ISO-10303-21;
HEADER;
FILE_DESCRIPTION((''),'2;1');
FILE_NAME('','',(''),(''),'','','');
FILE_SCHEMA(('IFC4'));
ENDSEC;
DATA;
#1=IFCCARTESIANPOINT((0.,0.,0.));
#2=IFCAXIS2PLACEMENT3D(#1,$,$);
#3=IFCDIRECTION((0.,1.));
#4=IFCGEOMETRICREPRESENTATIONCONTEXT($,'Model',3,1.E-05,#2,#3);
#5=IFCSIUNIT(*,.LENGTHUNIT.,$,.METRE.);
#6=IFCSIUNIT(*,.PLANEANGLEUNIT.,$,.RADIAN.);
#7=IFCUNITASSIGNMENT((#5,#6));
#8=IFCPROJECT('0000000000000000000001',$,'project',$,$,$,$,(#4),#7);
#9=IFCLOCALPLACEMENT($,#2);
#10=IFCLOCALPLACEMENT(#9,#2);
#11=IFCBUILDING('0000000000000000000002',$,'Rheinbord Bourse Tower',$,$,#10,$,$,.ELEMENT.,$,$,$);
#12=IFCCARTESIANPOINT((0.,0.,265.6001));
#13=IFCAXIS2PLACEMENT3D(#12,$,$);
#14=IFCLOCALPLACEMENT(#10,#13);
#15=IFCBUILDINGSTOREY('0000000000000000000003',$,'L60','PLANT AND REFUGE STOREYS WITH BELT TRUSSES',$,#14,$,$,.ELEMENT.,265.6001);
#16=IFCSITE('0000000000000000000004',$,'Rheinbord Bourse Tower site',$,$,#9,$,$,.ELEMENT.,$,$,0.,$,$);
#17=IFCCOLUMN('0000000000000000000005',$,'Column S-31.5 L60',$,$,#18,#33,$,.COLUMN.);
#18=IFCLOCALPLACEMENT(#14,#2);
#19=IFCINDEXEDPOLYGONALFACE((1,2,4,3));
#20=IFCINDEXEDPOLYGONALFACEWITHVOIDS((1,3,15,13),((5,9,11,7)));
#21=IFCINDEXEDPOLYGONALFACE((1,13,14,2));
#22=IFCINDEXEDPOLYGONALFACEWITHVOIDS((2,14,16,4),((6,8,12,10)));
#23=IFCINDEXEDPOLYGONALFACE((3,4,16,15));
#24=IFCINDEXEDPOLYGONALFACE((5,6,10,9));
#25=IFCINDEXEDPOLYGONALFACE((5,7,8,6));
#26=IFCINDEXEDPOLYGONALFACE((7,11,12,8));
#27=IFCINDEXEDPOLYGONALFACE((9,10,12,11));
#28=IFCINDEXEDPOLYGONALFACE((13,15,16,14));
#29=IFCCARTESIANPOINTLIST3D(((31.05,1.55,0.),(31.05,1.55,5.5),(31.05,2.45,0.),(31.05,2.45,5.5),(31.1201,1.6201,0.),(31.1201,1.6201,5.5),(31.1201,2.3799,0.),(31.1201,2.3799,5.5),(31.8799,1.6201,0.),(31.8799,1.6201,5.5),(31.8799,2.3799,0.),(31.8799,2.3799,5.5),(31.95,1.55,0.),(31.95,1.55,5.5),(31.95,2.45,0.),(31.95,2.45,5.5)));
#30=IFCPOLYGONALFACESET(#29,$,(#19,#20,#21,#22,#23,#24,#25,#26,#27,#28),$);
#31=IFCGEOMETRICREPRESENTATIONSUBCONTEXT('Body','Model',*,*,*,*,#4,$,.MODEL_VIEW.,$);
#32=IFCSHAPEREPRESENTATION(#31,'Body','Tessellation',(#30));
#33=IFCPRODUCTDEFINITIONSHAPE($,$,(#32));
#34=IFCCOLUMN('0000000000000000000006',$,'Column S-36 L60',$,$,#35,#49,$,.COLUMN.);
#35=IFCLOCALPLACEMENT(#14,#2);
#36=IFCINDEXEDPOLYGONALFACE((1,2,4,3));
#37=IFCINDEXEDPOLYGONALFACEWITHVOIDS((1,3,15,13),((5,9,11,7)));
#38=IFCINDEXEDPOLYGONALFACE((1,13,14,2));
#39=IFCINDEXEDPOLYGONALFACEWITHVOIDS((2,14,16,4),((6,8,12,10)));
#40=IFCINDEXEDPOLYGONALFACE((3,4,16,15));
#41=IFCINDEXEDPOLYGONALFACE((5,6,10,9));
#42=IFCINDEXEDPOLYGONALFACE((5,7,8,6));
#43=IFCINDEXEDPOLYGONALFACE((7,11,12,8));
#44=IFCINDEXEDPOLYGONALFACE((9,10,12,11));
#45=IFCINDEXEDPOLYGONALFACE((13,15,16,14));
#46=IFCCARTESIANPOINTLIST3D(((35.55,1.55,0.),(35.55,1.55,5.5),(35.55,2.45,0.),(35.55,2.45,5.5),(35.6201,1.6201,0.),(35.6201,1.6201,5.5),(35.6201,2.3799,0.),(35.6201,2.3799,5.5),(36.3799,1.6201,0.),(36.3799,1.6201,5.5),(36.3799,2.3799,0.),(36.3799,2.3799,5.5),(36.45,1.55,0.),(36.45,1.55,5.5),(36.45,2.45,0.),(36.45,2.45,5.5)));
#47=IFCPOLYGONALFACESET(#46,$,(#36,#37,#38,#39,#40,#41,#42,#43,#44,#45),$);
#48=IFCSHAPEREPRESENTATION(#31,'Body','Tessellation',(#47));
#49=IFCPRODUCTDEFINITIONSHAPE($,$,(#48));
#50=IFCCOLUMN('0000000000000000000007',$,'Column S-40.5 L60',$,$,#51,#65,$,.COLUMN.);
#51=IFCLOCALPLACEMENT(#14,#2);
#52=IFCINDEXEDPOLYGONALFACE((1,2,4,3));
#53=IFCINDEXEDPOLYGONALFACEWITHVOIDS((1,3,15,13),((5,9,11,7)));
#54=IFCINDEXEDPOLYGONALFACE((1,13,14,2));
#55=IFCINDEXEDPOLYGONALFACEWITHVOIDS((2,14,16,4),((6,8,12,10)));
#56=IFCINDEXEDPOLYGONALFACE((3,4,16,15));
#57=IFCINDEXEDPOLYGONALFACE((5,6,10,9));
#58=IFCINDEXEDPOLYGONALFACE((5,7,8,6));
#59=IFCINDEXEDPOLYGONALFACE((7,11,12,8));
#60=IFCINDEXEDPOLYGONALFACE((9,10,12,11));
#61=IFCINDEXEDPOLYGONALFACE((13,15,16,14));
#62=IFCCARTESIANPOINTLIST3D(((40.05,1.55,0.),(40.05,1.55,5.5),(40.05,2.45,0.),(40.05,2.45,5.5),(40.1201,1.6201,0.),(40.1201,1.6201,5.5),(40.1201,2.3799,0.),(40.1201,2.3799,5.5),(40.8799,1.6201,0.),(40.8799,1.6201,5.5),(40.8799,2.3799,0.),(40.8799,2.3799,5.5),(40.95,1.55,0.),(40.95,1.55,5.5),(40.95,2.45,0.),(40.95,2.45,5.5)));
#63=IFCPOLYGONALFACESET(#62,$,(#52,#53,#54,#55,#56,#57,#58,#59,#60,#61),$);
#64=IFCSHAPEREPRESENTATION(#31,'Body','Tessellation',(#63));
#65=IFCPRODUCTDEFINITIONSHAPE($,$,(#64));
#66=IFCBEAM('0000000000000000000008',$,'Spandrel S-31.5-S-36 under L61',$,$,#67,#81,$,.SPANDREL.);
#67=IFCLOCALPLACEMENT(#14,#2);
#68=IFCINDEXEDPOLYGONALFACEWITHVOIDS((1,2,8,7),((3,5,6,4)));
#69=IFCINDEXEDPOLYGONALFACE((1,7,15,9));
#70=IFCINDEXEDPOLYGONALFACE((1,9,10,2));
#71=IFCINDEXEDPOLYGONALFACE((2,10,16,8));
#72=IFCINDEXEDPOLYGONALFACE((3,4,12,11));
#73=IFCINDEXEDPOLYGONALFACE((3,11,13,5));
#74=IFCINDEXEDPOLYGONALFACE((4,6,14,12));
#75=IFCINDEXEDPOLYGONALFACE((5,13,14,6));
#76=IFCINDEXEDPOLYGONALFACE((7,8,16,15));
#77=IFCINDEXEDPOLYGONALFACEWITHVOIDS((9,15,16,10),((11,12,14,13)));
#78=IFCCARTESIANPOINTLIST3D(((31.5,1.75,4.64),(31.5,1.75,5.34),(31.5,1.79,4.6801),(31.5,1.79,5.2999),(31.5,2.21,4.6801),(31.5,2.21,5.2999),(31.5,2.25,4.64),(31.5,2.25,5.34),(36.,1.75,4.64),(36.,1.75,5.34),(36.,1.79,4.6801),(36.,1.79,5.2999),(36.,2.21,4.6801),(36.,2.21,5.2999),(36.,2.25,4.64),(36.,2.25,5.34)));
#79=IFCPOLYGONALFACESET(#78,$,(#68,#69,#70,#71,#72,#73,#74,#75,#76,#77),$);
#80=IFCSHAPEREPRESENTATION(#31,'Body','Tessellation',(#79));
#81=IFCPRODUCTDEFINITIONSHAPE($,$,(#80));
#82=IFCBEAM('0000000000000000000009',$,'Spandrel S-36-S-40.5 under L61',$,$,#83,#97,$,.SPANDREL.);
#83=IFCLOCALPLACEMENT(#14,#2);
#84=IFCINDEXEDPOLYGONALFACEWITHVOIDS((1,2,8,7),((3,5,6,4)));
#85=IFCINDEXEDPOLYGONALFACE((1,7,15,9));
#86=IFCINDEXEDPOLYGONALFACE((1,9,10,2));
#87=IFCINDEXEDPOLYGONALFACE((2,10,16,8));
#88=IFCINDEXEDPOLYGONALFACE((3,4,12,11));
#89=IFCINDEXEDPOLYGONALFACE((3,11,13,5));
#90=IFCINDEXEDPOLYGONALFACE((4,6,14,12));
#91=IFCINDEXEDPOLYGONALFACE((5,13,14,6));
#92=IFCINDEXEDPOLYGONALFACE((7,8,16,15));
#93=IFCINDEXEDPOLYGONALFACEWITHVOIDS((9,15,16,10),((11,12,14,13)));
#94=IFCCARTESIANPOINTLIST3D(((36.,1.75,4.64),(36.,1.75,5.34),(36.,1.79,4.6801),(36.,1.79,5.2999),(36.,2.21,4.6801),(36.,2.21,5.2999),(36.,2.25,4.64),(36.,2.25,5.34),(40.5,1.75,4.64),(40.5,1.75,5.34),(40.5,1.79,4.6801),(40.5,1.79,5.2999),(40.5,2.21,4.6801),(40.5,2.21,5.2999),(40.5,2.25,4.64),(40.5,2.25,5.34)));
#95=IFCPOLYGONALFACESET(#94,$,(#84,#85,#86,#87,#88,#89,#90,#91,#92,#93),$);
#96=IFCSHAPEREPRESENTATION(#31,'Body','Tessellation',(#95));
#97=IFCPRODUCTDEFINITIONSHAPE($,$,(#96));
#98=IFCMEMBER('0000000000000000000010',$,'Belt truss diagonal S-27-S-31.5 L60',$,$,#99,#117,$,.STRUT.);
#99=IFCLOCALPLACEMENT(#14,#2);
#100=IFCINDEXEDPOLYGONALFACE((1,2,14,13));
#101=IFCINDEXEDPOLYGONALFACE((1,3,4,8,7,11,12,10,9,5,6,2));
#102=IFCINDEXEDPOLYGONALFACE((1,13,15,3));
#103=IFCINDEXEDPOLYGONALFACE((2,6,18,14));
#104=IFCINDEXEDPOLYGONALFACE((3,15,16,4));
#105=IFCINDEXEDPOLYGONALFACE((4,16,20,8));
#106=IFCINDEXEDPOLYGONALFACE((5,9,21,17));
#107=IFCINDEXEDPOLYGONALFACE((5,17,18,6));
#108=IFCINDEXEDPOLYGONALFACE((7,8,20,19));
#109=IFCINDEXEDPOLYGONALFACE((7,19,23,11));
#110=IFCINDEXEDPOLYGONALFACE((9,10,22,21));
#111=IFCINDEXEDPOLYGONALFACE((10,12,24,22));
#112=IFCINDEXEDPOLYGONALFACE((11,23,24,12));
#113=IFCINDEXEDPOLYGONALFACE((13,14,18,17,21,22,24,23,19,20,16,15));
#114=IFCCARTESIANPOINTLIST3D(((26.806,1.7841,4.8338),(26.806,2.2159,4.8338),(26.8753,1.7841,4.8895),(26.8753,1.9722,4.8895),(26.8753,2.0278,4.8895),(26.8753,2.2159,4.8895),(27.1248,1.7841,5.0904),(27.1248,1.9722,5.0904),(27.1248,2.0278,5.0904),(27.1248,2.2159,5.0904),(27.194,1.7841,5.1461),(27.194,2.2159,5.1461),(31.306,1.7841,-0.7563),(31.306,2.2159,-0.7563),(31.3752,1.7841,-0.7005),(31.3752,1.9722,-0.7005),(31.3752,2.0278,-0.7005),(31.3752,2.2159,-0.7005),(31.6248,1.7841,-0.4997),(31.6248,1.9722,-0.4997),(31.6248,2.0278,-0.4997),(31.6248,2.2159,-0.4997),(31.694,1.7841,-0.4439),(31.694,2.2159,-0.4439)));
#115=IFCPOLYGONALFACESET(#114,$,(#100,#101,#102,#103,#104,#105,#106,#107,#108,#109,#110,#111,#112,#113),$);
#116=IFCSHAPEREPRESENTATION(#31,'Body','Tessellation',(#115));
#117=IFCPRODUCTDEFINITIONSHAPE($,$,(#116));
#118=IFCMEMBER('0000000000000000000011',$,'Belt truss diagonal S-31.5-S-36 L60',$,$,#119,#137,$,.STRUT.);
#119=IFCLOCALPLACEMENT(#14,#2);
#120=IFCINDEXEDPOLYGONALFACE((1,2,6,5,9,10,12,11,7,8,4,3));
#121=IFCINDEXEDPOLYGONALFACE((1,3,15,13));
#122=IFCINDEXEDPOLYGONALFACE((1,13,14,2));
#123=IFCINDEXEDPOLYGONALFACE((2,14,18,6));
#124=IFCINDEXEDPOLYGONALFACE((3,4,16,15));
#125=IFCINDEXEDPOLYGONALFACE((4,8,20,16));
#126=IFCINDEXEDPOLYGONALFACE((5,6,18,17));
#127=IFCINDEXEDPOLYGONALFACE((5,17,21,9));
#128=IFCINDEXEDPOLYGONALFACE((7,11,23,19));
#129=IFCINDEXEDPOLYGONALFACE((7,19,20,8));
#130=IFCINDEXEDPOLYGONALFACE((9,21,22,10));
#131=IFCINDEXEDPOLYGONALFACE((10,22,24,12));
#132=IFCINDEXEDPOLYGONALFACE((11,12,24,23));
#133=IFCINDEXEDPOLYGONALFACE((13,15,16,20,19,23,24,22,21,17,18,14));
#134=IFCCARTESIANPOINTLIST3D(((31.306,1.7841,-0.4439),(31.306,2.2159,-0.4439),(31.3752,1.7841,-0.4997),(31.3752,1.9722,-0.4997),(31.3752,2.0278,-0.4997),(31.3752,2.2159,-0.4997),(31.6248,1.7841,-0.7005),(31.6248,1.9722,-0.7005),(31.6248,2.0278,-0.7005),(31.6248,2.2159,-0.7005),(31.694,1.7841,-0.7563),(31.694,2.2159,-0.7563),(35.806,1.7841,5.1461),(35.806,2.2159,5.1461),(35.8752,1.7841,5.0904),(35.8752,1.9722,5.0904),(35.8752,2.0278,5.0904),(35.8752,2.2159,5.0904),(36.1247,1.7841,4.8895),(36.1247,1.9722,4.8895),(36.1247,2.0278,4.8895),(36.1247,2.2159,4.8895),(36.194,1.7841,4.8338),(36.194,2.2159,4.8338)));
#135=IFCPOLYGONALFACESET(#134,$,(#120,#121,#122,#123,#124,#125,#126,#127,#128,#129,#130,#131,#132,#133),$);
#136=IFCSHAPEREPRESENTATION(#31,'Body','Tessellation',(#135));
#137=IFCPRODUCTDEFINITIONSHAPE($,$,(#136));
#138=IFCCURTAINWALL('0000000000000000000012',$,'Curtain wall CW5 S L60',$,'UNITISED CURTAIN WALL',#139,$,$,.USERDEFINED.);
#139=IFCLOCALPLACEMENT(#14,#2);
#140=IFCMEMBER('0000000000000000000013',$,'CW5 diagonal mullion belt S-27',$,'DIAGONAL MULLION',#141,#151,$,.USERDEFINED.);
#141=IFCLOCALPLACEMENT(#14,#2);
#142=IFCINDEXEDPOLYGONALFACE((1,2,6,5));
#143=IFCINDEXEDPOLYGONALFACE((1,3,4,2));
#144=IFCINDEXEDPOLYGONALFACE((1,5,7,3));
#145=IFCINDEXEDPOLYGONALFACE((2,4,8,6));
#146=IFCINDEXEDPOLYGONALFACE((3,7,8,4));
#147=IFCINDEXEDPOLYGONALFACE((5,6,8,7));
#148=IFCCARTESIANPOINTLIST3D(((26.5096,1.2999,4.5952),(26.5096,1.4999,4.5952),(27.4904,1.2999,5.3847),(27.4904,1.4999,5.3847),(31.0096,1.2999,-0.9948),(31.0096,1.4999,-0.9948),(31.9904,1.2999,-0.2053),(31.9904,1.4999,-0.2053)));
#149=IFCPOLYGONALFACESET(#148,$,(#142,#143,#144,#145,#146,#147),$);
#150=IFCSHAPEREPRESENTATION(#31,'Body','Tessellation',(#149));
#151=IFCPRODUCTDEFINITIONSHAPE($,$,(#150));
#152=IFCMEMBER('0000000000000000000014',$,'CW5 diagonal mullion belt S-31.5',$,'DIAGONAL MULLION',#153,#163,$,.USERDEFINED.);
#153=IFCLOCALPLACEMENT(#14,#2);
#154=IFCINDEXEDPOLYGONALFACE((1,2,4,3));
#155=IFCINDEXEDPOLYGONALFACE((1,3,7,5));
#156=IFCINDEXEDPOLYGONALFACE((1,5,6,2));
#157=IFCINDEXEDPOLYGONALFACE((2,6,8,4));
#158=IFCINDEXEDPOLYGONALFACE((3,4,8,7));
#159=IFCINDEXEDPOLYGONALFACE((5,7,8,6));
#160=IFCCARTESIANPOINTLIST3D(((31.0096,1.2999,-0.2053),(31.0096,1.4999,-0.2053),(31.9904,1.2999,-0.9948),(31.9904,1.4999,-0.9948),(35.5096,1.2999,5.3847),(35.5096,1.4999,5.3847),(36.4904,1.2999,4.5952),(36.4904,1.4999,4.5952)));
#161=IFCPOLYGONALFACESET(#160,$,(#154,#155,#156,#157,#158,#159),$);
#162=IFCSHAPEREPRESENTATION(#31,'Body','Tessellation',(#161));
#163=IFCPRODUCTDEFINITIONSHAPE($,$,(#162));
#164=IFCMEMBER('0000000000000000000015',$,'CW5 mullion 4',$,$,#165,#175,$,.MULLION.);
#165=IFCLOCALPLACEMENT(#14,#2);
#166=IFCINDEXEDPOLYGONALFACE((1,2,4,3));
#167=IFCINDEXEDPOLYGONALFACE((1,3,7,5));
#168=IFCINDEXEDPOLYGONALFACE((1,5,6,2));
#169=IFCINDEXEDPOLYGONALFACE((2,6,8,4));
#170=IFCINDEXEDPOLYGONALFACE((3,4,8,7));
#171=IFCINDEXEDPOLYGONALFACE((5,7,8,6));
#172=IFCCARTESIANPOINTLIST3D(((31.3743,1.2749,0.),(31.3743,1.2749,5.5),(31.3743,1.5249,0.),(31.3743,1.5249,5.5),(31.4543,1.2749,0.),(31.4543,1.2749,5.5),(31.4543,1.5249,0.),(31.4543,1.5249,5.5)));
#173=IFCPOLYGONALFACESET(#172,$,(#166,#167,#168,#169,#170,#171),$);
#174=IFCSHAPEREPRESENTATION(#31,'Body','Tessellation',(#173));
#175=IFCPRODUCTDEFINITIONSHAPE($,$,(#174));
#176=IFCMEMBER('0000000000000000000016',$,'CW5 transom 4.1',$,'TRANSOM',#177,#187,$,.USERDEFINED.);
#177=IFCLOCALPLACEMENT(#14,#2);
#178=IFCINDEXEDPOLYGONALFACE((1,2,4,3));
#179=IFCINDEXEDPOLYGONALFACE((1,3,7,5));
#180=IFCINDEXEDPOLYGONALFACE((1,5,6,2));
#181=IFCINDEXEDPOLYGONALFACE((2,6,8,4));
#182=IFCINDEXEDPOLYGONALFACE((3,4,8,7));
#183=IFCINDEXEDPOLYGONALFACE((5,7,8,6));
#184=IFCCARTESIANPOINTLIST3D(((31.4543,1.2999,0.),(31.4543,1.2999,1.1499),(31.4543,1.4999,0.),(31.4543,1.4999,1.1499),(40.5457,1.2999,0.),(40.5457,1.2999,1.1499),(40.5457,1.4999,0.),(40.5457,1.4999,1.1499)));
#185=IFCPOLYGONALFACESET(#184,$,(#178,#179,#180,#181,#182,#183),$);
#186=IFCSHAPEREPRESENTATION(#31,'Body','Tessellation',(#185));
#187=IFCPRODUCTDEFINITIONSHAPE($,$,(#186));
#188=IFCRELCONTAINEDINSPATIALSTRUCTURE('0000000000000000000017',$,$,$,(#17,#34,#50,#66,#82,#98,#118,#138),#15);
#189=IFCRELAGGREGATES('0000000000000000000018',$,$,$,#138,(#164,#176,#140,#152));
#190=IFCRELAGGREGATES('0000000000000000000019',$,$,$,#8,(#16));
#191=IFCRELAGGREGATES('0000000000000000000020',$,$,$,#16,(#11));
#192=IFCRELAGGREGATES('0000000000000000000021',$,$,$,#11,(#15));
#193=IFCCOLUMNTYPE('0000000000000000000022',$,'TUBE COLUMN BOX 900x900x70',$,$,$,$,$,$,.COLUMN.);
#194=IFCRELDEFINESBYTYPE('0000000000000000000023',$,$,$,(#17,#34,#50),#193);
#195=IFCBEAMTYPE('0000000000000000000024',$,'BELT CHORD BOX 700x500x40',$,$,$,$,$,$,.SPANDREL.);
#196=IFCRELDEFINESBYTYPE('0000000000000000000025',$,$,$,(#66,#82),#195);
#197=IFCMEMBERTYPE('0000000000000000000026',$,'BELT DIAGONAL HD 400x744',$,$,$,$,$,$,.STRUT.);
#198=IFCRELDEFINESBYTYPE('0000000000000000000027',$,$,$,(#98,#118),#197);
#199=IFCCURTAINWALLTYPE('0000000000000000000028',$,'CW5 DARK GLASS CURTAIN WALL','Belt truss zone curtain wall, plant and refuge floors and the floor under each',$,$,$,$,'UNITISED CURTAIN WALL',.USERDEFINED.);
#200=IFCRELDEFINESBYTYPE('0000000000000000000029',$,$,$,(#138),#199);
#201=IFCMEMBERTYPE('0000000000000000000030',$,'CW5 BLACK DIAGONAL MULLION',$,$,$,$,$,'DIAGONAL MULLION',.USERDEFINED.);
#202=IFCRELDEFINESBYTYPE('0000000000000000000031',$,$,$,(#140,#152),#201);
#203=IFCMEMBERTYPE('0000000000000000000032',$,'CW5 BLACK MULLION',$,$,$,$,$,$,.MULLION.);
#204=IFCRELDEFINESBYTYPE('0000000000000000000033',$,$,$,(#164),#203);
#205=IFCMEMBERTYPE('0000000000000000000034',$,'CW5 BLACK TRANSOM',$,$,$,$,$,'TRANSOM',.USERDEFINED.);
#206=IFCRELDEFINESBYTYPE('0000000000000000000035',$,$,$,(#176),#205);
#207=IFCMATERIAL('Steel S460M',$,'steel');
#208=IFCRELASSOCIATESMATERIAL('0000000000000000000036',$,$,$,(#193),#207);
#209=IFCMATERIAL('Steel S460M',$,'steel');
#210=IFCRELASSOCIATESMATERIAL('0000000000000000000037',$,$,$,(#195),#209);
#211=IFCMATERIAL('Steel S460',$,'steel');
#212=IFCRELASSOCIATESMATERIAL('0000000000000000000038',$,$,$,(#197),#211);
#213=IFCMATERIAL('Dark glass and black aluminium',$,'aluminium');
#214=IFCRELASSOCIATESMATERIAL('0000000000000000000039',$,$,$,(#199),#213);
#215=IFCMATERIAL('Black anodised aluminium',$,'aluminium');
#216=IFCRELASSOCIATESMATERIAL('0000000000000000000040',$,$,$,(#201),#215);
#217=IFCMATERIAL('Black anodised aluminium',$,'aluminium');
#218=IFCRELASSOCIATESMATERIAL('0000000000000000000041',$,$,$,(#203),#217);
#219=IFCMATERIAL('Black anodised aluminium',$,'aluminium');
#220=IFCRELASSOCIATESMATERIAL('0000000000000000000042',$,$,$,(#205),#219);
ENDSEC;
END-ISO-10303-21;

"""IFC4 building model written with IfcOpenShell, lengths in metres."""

from ifc_helpers import new_model, si_unit, direction, frame, origin, origin_2d, place, context, subcontext, project, spatial, rectangle, hollow_rectangle, i_section, extrude, material, material_profile, profile_set, type_object, element, aggregate, save


model = new_model("IFC4")

# Units and contexts
model_context = context("Model", 3, precision=1e-05, world=origin(), true_north=direction((0.0, 1.0)))
body_context = subcontext(model_context, "Body", "Model", "MODEL_VIEW")
ifc_project = project(units=[si_unit("LENGTHUNIT", "METRE"), si_unit("PLANEANGLEUNIT", "RADIAN")], contexts=[model_context])

# Site, building, storey
site_placement = place(None, origin())
site = spatial("IfcSite", under=ifc_project, at=site_placement, Name="Rheinbord Bourse Tower site", CompositionType="ELEMENT", RefElevation=0.0)
building_placement = place(site_placement, origin())
building = spatial("IfcBuilding", under=site, at=building_placement, Name="Rheinbord Bourse Tower", CompositionType="ELEMENT")
storey_placement = place(building_placement, frame((0.0, 0.0, 265.6001)))
storey = spatial("IfcBuildingStorey", under=building, at=storey_placement, Name="L60", Description="PLANT AND REFUGE STOREYS WITH BELT TRUSSES", CompositionType="ELEMENT", Elevation=265.6001)

# Columns
ifc_material_1 = material(Name="Steel S460M", Category="steel")
ifc_material_profile_1 = material_profile(ifc_material_1, hollow_rectangle(XDim=0.8999, YDim=0.8999, WallThickness=0.0701, at=origin_2d()), Name="BOX 900x900x70")
ifc_profile_set_1 = profile_set([ifc_material_profile_1], Name="Steel S460M")
column_type = type_object("IfcColumnType", Name="TUBE COLUMN BOX 900x900x70", PredefinedType="COLUMN", material=ifc_profile_set_1)
for number, where, z_axis, x_axis, name in (
    (1, (31.5, 2.0, 0.0), (0.0, 0.0, 1.0), (0.0, 1.0, 0.0), "Column S-31.5 L60"),
    (2, (36.0, 2.0, 0.0), (0.0, 0.0, 1.0), (0.0, 1.0, 0.0), "Column S-36 L60"),
    (3, (40.5, 2.0, 0.0), (0.0, 0.0, 1.0), (0.0, 1.0, 0.0), "Column S-40.5 L60"),
):
    element("IfcColumn", number, at=place(storey_placement, frame(where, z_axis=z_axis, x_axis=x_axis)), inside=storey, type_object=column_type, Name=name, PredefinedType="COLUMN", context=body_context, shape_type="SweptSolid", body=[
        extrude(hollow_rectangle(XDim=0.8999, YDim=0.8999, WallThickness=0.0701, at=origin_2d()), origin(), (0.0, 0.0, 1.0), 5.5),
    ])

# Beams
ifc_material_2 = material(Name="Steel S460M", Category="steel")
ifc_material_profile_2 = material_profile(ifc_material_2, hollow_rectangle(XDim=0.5, YDim=0.7, WallThickness=0.04, at=origin_2d()), Name="BOX 700x500x40")
ifc_profile_set_2 = profile_set([ifc_material_profile_2], Name="Steel S460M")
beam_type_1 = type_object("IfcBeamType", Name="BELT CHORD BOX 700x500x40", PredefinedType="SPANDREL", material=ifc_profile_set_2)
for number, where, z_axis, x_axis, name in (
    (4, (31.5, 2.0, 4.99), (1.0, 0.0, 0.0), (0.0, 1.0, 0.0), "Spandrel S-31.5-S-36 under L61"),
    (5, (36.0, 2.0, 4.99), (1.0, 0.0, 0.0), (0.0, 1.0, 0.0), "Spandrel S-36-S-40.5 under L61"),
):
    element("IfcBeam", number, at=place(storey_placement, frame(where, z_axis=z_axis, x_axis=x_axis)), inside=storey, type_object=beam_type_1, Name=name, PredefinedType="SPANDREL", context=body_context, shape_type="SweptSolid", body=[
        extrude(hollow_rectangle(XDim=0.5, YDim=0.7, WallThickness=0.04, at=origin_2d()), origin(), (0.0, 0.0, 1.0), 4.5),
    ])

# Members
ifc_material_3 = material(Name="Steel S460", Category="steel")
ifc_material_profile_3 = material_profile(ifc_material_3, i_section(OverallWidth=0.4319, OverallDepth=0.498, WebThickness=0.0557, FlangeThickness=0.0889, at=origin_2d()), Name="HD 400x744")
ifc_profile_set_3 = profile_set([ifc_material_profile_3], Name="Steel S460")
member_type_1 = type_object("IfcMemberType", Name="BELT DIAGONAL HD 400x744", PredefinedType="STRUT", material=ifc_profile_set_3)
for number, where, z_axis, x_axis, name in (
    (6, (31.5, 2.0, -0.6001), (-0.627065, 0.0, 0.778967), (0.0, -1.0, 0.0), "Belt truss diagonal S-27-S-31.5 L60"),
    (7, (31.5, 2.0, -0.6001), (0.627065, 0.0, 0.778967), (0.0, 1.0, 0.0), "Belt truss diagonal S-31.5-S-36 L60"),
):
    element("IfcMember", number, at=place(storey_placement, frame(where, z_axis=z_axis, x_axis=x_axis)), inside=storey, type_object=member_type_1, Name=name, PredefinedType="STRUT", context=body_context, shape_type="SweptSolid", body=[
        extrude(i_section(OverallWidth=0.4319, OverallDepth=0.498, WebThickness=0.0557, FlangeThickness=0.0889, at=origin_2d()), origin(), (0.0, 0.0, 1.0), 7.1763),
    ])

# Curtain wall, members
ifc_material_4 = material(Name="Dark glass and black aluminium", Category="aluminium")
curtain_wall_type = type_object("IfcCurtainWallType", Name="CW5 DARK GLASS CURTAIN WALL", Description="Belt truss zone curtain wall, plant and refuge floors and the floor under each", ElementType="UNITISED CURTAIN WALL", PredefinedType="USERDEFINED", material=ifc_material_4)
curtain_wall_placement = place(storey_placement, origin())
curtain_wall = element("IfcCurtainWall", 8, at=curtain_wall_placement, inside=storey, type_object=curtain_wall_type, Name="Curtain wall CW5 S L60", ObjectType="UNITISED CURTAIN WALL", PredefinedType="USERDEFINED")
ifc_material_5 = material(Name="Black anodised aluminium", Category="aluminium")
ifc_material_profile_4 = material_profile(ifc_material_5, rectangle(XDim=0.2, YDim=1.259, at=origin_2d()), Name="CW5 DIAGONAL MULLION 1259x200")
ifc_profile_set_4 = profile_set([ifc_material_profile_4], Name="Black anodised aluminium")
member_type_2 = type_object("IfcMemberType", Name="CW5 BLACK DIAGONAL MULLION", ElementType="DIAGONAL MULLION", PredefinedType="USERDEFINED", material=ifc_profile_set_4)
member_1_placement = place(storey_placement, frame((31.5, 1.3999, -0.6001), z_axis=(-0.627065, 0.0, 0.778967), x_axis=(0.0, -1.0, 0.0)))
member_1 = element("IfcMember", 9, at=member_1_placement, type_object=member_type_2, Name="CW5 diagonal mullion belt S-27", ObjectType="DIAGONAL MULLION", PredefinedType="USERDEFINED", context=body_context, shape_type="SweptSolid", body=[
    extrude(rectangle(XDim=0.2, YDim=1.259, at=origin_2d()), origin(), (0.0, 0.0, 1.0), 7.1763),
])
member_2_placement = place(storey_placement, frame((31.5, 1.3999, -0.6001), z_axis=(0.627065, 0.0, 0.778967), x_axis=(0.0, 1.0, 0.0)))
member_2 = element("IfcMember", 10, at=member_2_placement, type_object=member_type_2, Name="CW5 diagonal mullion belt S-31.5", ObjectType="DIAGONAL MULLION", PredefinedType="USERDEFINED", context=body_context, shape_type="SweptSolid", body=[
    extrude(rectangle(XDim=0.2, YDim=1.259, at=origin_2d()), origin(), (0.0, 0.0, 1.0), 7.1763),
])
ifc_material_6 = material(Name="Black anodised aluminium", Category="aluminium")
ifc_material_profile_5 = material_profile(ifc_material_6, rectangle(XDim=0.25, YDim=0.0801, at=origin_2d()), Name="CW5 MULLION 80x250")
ifc_profile_set_5 = profile_set([ifc_material_profile_5], Name="Black anodised aluminium")
member_type_3 = type_object("IfcMemberType", Name="CW5 BLACK MULLION", PredefinedType="MULLION", material=ifc_profile_set_5)
member_3_placement = place(storey_placement, frame((31.4143, 1.3999, 0.0), z_axis=(0.0, 0.0, 1.0), x_axis=(0.0, 1.0, 0.0)))
member_3 = element("IfcMember", 11, at=member_3_placement, type_object=member_type_3, Name="CW5 mullion 4", PredefinedType="MULLION", context=body_context, shape_type="SweptSolid", body=[
    extrude(rectangle(XDim=0.25, YDim=0.0801, at=origin_2d()), origin(), (0.0, 0.0, 1.0), 5.5),
])
ifc_material_7 = material(Name="Black anodised aluminium", Category="aluminium")
ifc_material_profile_6 = material_profile(ifc_material_7, rectangle(XDim=0.2, YDim=1.1499, at=origin_2d()), Name="CW5 TRANSOM 1150x200")
ifc_profile_set_6 = profile_set([ifc_material_profile_6], Name="Black anodised aluminium")
member_type_4 = type_object("IfcMemberType", Name="CW5 BLACK TRANSOM", ElementType="TRANSOM", PredefinedType="USERDEFINED", material=ifc_profile_set_6)
member_4_placement = place(storey_placement, frame((31.4543, 1.3999, 0.575), z_axis=(1.0, 0.0, 0.0), x_axis=(0.0, 1.0, 0.0)))
member_4 = element("IfcMember", 12, at=member_4_placement, type_object=member_type_4, Name="CW5 transom 4.1", ObjectType="TRANSOM", PredefinedType="USERDEFINED", context=body_context, shape_type="SweptSolid", body=[
    extrude(rectangle(XDim=0.2, YDim=1.1499, at=origin_2d()), origin(), (0.0, 0.0, 1.0), 9.0913),
])

aggregate(curtain_wall, [member_3, member_4, member_1, member_2])

save(model, "model.ifc")
